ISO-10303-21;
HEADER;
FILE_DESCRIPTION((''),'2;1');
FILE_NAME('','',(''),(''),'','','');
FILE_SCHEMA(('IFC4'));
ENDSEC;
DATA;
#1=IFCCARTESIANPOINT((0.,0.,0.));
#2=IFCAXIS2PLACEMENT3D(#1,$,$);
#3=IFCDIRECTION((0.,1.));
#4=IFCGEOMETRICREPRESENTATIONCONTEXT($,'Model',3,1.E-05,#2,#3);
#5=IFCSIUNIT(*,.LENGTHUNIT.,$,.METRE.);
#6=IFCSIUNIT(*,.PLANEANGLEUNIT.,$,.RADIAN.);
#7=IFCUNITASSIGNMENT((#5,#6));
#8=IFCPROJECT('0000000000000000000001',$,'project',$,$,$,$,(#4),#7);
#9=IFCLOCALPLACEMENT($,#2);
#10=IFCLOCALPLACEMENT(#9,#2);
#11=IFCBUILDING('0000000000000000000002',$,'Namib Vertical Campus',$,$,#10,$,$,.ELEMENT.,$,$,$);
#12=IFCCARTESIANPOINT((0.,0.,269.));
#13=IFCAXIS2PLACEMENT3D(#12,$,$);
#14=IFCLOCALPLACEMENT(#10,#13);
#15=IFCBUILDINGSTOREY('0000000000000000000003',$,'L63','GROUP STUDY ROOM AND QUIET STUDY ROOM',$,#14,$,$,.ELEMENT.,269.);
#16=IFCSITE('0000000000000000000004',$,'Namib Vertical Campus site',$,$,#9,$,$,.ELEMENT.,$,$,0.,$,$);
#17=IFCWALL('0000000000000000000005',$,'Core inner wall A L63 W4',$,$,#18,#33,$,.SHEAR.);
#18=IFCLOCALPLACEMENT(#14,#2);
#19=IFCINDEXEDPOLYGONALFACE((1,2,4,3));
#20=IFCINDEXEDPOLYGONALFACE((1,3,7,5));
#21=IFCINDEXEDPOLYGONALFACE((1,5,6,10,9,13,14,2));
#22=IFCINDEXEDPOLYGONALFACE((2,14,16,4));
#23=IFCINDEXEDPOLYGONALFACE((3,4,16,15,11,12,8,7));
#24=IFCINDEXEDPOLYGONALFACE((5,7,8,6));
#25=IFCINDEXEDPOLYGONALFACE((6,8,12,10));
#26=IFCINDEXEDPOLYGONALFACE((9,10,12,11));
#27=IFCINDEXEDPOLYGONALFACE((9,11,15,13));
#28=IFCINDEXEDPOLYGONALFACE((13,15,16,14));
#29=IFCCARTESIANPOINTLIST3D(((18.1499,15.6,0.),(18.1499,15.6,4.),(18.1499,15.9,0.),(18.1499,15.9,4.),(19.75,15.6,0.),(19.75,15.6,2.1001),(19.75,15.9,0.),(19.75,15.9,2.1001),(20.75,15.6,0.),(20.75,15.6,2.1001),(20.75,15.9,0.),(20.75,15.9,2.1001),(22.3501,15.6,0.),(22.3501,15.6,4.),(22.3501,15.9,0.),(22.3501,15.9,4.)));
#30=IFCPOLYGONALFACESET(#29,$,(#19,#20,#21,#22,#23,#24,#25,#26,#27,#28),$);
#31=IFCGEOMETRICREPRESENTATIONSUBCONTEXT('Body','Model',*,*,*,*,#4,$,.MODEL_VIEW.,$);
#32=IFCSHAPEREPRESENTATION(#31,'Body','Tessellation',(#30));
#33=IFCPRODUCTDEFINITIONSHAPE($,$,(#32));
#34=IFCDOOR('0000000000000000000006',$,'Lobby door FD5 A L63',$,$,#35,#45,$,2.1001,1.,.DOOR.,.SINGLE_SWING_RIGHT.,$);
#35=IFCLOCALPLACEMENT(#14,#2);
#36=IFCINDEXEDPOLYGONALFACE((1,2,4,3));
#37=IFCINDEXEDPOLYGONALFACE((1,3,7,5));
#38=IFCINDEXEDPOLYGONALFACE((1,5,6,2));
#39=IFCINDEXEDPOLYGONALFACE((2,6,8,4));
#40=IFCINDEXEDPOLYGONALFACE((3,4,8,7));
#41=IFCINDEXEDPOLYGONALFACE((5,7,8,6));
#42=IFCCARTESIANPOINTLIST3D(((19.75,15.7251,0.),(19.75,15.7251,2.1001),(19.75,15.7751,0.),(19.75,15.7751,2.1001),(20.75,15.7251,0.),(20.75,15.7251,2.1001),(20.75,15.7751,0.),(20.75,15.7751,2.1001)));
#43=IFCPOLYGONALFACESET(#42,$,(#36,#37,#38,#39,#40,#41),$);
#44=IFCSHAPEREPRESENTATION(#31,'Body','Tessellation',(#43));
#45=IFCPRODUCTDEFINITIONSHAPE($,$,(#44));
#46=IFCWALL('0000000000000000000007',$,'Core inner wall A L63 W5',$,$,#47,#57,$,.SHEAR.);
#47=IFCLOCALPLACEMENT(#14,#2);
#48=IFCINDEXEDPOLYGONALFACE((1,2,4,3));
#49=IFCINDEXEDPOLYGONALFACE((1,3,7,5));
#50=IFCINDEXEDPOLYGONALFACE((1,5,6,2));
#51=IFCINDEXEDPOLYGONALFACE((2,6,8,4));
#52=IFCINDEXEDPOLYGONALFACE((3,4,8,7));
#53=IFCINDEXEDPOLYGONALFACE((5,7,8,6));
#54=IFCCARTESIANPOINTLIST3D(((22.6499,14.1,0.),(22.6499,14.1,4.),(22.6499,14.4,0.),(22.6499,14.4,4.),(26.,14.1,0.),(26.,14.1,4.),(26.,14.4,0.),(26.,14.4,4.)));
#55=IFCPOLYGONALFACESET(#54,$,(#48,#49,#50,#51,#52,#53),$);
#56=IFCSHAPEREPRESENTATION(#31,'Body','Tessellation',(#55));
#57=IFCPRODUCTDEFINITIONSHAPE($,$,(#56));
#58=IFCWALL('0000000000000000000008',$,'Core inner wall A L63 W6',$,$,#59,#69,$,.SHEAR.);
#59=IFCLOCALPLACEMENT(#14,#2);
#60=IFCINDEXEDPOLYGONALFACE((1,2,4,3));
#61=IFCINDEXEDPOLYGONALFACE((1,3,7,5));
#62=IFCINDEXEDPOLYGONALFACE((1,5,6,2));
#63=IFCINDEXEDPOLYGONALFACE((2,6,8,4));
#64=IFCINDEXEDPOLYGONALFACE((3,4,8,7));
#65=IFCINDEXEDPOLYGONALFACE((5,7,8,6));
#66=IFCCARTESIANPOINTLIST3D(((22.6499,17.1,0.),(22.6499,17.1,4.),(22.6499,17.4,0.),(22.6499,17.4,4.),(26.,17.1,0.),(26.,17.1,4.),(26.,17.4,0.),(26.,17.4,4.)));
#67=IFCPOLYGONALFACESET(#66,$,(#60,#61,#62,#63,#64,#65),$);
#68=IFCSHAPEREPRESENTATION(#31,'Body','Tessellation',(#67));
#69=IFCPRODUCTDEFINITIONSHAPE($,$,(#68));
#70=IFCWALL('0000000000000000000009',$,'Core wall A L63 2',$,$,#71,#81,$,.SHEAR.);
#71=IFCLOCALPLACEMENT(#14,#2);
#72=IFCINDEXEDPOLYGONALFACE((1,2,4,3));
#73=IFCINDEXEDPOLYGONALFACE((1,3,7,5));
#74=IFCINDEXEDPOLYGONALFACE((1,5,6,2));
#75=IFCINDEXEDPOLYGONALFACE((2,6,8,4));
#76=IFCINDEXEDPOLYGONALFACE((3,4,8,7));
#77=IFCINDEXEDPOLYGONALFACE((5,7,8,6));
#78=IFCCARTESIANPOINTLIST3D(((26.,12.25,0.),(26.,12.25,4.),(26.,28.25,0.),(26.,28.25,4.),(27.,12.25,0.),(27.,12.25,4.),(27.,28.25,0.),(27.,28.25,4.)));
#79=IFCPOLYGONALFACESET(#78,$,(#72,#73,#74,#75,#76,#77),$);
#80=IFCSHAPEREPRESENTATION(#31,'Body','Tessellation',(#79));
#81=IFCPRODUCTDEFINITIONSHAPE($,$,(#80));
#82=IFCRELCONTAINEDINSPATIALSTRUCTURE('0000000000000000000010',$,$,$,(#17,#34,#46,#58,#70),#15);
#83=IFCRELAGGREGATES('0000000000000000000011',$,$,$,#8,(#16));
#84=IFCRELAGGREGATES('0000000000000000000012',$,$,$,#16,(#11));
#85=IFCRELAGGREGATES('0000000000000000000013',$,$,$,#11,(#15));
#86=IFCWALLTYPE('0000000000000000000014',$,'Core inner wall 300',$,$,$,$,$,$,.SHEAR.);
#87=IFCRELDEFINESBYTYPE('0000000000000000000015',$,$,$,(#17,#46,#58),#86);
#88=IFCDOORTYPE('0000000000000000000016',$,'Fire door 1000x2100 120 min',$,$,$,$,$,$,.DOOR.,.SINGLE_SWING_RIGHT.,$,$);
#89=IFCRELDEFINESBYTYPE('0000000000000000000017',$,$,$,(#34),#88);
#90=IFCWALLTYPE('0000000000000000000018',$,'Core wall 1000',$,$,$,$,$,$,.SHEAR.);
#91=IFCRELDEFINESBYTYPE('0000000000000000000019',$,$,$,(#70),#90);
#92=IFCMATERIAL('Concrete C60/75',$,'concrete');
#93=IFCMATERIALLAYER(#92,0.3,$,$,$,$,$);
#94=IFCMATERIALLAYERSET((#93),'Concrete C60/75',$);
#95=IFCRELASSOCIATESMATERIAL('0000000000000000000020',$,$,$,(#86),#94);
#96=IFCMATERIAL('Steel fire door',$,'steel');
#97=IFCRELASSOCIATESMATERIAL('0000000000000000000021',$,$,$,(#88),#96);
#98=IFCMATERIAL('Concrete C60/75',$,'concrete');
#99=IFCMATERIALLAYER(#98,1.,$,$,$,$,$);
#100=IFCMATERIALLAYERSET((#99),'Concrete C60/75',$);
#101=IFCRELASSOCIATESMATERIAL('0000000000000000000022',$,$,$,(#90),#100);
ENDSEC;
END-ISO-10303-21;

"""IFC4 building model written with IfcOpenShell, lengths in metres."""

from ifc_helpers import new_model, si_unit, direction, frame, frame_2d, origin, place, context, subcontext, project, spatial, rectangle, extrude, material, layer, layer_set, type_object, element, fill, save


model = new_model("IFC4")

# Units and contexts
model_context = context("Model", 3, precision=1e-05, world=origin(), true_north=direction((0.0, 1.0)))
body_context = subcontext(model_context, "Body", "Model", "MODEL_VIEW")
ifc_project = project(units=[si_unit("LENGTHUNIT", "METRE"), si_unit("PLANEANGLEUNIT", "RADIAN")], contexts=[model_context])

# Site, building, storey
site_placement = place(None, origin())
site = spatial("IfcSite", under=ifc_project, at=site_placement, Name="Namib Vertical Campus site", CompositionType="ELEMENT", RefElevation=0.0)
building_placement = place(site_placement, origin())
building = spatial("IfcBuilding", under=site, at=building_placement, Name="Namib Vertical Campus", CompositionType="ELEMENT")
storey_placement = place(building_placement, frame((0.0, 0.0, 269.0)))
storey = spatial("IfcBuildingStorey", under=building, at=storey_placement, Name="L63", Description="GROUP STUDY ROOM AND QUIET STUDY ROOM", CompositionType="ELEMENT", Elevation=269.0)

# Shared definitions
ifc_material_1 = material(Name="Concrete C60/75", Category="concrete")
ifc_layer_1 = layer(ifc_material_1, 0.3)
ifc_layer_set_1 = layer_set([ifc_layer_1], Name="Concrete C60/75")
wall_type_1 = type_object("IfcWallType", Name="Core inner wall 300", PredefinedType="SHEAR", material=ifc_layer_set_1)

# Wall, opening, door
wall_1_placement = place(storey_placement, frame((18.1499, 15.75, 0.0), z_axis=(0.0, 0.0, 1.0), x_axis=(1.0, 0.0, 0.0)))
wall_1 = element("IfcWall", 1, at=wall_1_placement, inside=storey, type_object=wall_type_1, Name="Core inner wall A L63 W4", PredefinedType="SHEAR", context=body_context, shape_type="SweptSolid", body=[
    extrude(rectangle(XDim=4.2002, YDim=0.3, at=frame_2d((2.1001, 0.0))), origin(), (0.0, 0.0, 1.0), 4.0),
])
opening_1_placement = place(wall_1_placement, frame((1.6001, 0.0, 0.0)))
opening_1 = element("IfcOpeningElement", 2, at=opening_1_placement, cuts=wall_1, PredefinedType="OPENING", context=body_context, shape_type="SweptSolid", body=[
    extrude(rectangle(XDim=1.0, YDim=2.1001, at=frame_2d((0.5, 1.05))), frame((0.0, 0.1599, 0.0), z_axis=(0.0, -1.0, 0.0), x_axis=(1.0, 0.0, 0.0)), (0.0, 0.0, 1.0), 0.3201),
])
ifc_material_2 = material(Name="Steel fire door", Category="steel")
door_type_1 = type_object("IfcDoorType", Name="Fire door 1000x2100 120 min", OperationType="SINGLE_SWING_RIGHT", PredefinedType="DOOR", material=ifc_material_2)
door_1_placement = place(opening_1_placement, frame((1.0, 0.0, 0.0), z_axis=(0.0, 0.0, 1.0), x_axis=(-1.0, 0.0, 0.0)))
door_1 = element("IfcDoor", 3, at=door_1_placement, inside=storey, type_object=door_type_1, Name="Lobby door FD5 A L63", OperationType="SINGLE_SWING_RIGHT", OverallHeight=2.1001, OverallWidth=1.0, PredefinedType="DOOR", context=body_context, shape_type="SweptSolid", body=[
    extrude(rectangle(XDim=1.0, YDim=2.1001, at=frame_2d((0.5, 1.05))), frame((0.0, 0.0249, 0.0), z_axis=(0.0, -1.0, 0.0), x_axis=(1.0, 0.0, 0.0)), (0.0, 0.0, 1.0), 0.05),
])
fill(opening_1, door_1)

# Walls
for number, where, z_axis, x_axis, name in (
    (4, (22.6499, 14.25, 0.0), (0.0, 0.0, 1.0), (1.0, 0.0, 0.0), "Core inner wall A L63 W5"),
    (5, (22.6499, 17.25, 0.0), (0.0, 0.0, 1.0), (1.0, 0.0, 0.0), "Core inner wall A L63 W6"),
):
    element("IfcWall", number, at=place(storey_placement, frame(where, z_axis=z_axis, x_axis=x_axis)), inside=storey, type_object=wall_type_1, Name=name, PredefinedType="SHEAR", context=body_context, shape_type="SweptSolid", body=[
        extrude(rectangle(XDim=3.3501, YDim=0.3, at=frame_2d((1.675, 0.0))), origin(), (0.0, 0.0, 1.0), 4.0),
    ])
ifc_material_3 = material(Name="Concrete C60/75", Category="concrete")
ifc_layer_2 = layer(ifc_material_3, 1.0)
ifc_layer_set_2 = layer_set([ifc_layer_2], Name="Concrete C60/75")
wall_type_2 = type_object("IfcWallType", Name="Core wall 1000", PredefinedType="SHEAR", material=ifc_layer_set_2)
wall_2_placement = place(storey_placement, frame((26.5, 12.25, 0.0), z_axis=(0.0, 0.0, 1.0), x_axis=(0.0, 1.0, 0.0)))
element("IfcWall", 6, at=wall_2_placement, inside=storey, type_object=wall_type_2, Name="Core wall A L63 2", PredefinedType="SHEAR", context=body_context, shape_type="SweptSolid", body=[
    extrude(rectangle(XDim=16.0, YDim=1.0, at=frame_2d((8.0, 0.0))), origin(), (0.0, 0.0, 1.0), 4.0),
])

save(model, "model.ifc")
